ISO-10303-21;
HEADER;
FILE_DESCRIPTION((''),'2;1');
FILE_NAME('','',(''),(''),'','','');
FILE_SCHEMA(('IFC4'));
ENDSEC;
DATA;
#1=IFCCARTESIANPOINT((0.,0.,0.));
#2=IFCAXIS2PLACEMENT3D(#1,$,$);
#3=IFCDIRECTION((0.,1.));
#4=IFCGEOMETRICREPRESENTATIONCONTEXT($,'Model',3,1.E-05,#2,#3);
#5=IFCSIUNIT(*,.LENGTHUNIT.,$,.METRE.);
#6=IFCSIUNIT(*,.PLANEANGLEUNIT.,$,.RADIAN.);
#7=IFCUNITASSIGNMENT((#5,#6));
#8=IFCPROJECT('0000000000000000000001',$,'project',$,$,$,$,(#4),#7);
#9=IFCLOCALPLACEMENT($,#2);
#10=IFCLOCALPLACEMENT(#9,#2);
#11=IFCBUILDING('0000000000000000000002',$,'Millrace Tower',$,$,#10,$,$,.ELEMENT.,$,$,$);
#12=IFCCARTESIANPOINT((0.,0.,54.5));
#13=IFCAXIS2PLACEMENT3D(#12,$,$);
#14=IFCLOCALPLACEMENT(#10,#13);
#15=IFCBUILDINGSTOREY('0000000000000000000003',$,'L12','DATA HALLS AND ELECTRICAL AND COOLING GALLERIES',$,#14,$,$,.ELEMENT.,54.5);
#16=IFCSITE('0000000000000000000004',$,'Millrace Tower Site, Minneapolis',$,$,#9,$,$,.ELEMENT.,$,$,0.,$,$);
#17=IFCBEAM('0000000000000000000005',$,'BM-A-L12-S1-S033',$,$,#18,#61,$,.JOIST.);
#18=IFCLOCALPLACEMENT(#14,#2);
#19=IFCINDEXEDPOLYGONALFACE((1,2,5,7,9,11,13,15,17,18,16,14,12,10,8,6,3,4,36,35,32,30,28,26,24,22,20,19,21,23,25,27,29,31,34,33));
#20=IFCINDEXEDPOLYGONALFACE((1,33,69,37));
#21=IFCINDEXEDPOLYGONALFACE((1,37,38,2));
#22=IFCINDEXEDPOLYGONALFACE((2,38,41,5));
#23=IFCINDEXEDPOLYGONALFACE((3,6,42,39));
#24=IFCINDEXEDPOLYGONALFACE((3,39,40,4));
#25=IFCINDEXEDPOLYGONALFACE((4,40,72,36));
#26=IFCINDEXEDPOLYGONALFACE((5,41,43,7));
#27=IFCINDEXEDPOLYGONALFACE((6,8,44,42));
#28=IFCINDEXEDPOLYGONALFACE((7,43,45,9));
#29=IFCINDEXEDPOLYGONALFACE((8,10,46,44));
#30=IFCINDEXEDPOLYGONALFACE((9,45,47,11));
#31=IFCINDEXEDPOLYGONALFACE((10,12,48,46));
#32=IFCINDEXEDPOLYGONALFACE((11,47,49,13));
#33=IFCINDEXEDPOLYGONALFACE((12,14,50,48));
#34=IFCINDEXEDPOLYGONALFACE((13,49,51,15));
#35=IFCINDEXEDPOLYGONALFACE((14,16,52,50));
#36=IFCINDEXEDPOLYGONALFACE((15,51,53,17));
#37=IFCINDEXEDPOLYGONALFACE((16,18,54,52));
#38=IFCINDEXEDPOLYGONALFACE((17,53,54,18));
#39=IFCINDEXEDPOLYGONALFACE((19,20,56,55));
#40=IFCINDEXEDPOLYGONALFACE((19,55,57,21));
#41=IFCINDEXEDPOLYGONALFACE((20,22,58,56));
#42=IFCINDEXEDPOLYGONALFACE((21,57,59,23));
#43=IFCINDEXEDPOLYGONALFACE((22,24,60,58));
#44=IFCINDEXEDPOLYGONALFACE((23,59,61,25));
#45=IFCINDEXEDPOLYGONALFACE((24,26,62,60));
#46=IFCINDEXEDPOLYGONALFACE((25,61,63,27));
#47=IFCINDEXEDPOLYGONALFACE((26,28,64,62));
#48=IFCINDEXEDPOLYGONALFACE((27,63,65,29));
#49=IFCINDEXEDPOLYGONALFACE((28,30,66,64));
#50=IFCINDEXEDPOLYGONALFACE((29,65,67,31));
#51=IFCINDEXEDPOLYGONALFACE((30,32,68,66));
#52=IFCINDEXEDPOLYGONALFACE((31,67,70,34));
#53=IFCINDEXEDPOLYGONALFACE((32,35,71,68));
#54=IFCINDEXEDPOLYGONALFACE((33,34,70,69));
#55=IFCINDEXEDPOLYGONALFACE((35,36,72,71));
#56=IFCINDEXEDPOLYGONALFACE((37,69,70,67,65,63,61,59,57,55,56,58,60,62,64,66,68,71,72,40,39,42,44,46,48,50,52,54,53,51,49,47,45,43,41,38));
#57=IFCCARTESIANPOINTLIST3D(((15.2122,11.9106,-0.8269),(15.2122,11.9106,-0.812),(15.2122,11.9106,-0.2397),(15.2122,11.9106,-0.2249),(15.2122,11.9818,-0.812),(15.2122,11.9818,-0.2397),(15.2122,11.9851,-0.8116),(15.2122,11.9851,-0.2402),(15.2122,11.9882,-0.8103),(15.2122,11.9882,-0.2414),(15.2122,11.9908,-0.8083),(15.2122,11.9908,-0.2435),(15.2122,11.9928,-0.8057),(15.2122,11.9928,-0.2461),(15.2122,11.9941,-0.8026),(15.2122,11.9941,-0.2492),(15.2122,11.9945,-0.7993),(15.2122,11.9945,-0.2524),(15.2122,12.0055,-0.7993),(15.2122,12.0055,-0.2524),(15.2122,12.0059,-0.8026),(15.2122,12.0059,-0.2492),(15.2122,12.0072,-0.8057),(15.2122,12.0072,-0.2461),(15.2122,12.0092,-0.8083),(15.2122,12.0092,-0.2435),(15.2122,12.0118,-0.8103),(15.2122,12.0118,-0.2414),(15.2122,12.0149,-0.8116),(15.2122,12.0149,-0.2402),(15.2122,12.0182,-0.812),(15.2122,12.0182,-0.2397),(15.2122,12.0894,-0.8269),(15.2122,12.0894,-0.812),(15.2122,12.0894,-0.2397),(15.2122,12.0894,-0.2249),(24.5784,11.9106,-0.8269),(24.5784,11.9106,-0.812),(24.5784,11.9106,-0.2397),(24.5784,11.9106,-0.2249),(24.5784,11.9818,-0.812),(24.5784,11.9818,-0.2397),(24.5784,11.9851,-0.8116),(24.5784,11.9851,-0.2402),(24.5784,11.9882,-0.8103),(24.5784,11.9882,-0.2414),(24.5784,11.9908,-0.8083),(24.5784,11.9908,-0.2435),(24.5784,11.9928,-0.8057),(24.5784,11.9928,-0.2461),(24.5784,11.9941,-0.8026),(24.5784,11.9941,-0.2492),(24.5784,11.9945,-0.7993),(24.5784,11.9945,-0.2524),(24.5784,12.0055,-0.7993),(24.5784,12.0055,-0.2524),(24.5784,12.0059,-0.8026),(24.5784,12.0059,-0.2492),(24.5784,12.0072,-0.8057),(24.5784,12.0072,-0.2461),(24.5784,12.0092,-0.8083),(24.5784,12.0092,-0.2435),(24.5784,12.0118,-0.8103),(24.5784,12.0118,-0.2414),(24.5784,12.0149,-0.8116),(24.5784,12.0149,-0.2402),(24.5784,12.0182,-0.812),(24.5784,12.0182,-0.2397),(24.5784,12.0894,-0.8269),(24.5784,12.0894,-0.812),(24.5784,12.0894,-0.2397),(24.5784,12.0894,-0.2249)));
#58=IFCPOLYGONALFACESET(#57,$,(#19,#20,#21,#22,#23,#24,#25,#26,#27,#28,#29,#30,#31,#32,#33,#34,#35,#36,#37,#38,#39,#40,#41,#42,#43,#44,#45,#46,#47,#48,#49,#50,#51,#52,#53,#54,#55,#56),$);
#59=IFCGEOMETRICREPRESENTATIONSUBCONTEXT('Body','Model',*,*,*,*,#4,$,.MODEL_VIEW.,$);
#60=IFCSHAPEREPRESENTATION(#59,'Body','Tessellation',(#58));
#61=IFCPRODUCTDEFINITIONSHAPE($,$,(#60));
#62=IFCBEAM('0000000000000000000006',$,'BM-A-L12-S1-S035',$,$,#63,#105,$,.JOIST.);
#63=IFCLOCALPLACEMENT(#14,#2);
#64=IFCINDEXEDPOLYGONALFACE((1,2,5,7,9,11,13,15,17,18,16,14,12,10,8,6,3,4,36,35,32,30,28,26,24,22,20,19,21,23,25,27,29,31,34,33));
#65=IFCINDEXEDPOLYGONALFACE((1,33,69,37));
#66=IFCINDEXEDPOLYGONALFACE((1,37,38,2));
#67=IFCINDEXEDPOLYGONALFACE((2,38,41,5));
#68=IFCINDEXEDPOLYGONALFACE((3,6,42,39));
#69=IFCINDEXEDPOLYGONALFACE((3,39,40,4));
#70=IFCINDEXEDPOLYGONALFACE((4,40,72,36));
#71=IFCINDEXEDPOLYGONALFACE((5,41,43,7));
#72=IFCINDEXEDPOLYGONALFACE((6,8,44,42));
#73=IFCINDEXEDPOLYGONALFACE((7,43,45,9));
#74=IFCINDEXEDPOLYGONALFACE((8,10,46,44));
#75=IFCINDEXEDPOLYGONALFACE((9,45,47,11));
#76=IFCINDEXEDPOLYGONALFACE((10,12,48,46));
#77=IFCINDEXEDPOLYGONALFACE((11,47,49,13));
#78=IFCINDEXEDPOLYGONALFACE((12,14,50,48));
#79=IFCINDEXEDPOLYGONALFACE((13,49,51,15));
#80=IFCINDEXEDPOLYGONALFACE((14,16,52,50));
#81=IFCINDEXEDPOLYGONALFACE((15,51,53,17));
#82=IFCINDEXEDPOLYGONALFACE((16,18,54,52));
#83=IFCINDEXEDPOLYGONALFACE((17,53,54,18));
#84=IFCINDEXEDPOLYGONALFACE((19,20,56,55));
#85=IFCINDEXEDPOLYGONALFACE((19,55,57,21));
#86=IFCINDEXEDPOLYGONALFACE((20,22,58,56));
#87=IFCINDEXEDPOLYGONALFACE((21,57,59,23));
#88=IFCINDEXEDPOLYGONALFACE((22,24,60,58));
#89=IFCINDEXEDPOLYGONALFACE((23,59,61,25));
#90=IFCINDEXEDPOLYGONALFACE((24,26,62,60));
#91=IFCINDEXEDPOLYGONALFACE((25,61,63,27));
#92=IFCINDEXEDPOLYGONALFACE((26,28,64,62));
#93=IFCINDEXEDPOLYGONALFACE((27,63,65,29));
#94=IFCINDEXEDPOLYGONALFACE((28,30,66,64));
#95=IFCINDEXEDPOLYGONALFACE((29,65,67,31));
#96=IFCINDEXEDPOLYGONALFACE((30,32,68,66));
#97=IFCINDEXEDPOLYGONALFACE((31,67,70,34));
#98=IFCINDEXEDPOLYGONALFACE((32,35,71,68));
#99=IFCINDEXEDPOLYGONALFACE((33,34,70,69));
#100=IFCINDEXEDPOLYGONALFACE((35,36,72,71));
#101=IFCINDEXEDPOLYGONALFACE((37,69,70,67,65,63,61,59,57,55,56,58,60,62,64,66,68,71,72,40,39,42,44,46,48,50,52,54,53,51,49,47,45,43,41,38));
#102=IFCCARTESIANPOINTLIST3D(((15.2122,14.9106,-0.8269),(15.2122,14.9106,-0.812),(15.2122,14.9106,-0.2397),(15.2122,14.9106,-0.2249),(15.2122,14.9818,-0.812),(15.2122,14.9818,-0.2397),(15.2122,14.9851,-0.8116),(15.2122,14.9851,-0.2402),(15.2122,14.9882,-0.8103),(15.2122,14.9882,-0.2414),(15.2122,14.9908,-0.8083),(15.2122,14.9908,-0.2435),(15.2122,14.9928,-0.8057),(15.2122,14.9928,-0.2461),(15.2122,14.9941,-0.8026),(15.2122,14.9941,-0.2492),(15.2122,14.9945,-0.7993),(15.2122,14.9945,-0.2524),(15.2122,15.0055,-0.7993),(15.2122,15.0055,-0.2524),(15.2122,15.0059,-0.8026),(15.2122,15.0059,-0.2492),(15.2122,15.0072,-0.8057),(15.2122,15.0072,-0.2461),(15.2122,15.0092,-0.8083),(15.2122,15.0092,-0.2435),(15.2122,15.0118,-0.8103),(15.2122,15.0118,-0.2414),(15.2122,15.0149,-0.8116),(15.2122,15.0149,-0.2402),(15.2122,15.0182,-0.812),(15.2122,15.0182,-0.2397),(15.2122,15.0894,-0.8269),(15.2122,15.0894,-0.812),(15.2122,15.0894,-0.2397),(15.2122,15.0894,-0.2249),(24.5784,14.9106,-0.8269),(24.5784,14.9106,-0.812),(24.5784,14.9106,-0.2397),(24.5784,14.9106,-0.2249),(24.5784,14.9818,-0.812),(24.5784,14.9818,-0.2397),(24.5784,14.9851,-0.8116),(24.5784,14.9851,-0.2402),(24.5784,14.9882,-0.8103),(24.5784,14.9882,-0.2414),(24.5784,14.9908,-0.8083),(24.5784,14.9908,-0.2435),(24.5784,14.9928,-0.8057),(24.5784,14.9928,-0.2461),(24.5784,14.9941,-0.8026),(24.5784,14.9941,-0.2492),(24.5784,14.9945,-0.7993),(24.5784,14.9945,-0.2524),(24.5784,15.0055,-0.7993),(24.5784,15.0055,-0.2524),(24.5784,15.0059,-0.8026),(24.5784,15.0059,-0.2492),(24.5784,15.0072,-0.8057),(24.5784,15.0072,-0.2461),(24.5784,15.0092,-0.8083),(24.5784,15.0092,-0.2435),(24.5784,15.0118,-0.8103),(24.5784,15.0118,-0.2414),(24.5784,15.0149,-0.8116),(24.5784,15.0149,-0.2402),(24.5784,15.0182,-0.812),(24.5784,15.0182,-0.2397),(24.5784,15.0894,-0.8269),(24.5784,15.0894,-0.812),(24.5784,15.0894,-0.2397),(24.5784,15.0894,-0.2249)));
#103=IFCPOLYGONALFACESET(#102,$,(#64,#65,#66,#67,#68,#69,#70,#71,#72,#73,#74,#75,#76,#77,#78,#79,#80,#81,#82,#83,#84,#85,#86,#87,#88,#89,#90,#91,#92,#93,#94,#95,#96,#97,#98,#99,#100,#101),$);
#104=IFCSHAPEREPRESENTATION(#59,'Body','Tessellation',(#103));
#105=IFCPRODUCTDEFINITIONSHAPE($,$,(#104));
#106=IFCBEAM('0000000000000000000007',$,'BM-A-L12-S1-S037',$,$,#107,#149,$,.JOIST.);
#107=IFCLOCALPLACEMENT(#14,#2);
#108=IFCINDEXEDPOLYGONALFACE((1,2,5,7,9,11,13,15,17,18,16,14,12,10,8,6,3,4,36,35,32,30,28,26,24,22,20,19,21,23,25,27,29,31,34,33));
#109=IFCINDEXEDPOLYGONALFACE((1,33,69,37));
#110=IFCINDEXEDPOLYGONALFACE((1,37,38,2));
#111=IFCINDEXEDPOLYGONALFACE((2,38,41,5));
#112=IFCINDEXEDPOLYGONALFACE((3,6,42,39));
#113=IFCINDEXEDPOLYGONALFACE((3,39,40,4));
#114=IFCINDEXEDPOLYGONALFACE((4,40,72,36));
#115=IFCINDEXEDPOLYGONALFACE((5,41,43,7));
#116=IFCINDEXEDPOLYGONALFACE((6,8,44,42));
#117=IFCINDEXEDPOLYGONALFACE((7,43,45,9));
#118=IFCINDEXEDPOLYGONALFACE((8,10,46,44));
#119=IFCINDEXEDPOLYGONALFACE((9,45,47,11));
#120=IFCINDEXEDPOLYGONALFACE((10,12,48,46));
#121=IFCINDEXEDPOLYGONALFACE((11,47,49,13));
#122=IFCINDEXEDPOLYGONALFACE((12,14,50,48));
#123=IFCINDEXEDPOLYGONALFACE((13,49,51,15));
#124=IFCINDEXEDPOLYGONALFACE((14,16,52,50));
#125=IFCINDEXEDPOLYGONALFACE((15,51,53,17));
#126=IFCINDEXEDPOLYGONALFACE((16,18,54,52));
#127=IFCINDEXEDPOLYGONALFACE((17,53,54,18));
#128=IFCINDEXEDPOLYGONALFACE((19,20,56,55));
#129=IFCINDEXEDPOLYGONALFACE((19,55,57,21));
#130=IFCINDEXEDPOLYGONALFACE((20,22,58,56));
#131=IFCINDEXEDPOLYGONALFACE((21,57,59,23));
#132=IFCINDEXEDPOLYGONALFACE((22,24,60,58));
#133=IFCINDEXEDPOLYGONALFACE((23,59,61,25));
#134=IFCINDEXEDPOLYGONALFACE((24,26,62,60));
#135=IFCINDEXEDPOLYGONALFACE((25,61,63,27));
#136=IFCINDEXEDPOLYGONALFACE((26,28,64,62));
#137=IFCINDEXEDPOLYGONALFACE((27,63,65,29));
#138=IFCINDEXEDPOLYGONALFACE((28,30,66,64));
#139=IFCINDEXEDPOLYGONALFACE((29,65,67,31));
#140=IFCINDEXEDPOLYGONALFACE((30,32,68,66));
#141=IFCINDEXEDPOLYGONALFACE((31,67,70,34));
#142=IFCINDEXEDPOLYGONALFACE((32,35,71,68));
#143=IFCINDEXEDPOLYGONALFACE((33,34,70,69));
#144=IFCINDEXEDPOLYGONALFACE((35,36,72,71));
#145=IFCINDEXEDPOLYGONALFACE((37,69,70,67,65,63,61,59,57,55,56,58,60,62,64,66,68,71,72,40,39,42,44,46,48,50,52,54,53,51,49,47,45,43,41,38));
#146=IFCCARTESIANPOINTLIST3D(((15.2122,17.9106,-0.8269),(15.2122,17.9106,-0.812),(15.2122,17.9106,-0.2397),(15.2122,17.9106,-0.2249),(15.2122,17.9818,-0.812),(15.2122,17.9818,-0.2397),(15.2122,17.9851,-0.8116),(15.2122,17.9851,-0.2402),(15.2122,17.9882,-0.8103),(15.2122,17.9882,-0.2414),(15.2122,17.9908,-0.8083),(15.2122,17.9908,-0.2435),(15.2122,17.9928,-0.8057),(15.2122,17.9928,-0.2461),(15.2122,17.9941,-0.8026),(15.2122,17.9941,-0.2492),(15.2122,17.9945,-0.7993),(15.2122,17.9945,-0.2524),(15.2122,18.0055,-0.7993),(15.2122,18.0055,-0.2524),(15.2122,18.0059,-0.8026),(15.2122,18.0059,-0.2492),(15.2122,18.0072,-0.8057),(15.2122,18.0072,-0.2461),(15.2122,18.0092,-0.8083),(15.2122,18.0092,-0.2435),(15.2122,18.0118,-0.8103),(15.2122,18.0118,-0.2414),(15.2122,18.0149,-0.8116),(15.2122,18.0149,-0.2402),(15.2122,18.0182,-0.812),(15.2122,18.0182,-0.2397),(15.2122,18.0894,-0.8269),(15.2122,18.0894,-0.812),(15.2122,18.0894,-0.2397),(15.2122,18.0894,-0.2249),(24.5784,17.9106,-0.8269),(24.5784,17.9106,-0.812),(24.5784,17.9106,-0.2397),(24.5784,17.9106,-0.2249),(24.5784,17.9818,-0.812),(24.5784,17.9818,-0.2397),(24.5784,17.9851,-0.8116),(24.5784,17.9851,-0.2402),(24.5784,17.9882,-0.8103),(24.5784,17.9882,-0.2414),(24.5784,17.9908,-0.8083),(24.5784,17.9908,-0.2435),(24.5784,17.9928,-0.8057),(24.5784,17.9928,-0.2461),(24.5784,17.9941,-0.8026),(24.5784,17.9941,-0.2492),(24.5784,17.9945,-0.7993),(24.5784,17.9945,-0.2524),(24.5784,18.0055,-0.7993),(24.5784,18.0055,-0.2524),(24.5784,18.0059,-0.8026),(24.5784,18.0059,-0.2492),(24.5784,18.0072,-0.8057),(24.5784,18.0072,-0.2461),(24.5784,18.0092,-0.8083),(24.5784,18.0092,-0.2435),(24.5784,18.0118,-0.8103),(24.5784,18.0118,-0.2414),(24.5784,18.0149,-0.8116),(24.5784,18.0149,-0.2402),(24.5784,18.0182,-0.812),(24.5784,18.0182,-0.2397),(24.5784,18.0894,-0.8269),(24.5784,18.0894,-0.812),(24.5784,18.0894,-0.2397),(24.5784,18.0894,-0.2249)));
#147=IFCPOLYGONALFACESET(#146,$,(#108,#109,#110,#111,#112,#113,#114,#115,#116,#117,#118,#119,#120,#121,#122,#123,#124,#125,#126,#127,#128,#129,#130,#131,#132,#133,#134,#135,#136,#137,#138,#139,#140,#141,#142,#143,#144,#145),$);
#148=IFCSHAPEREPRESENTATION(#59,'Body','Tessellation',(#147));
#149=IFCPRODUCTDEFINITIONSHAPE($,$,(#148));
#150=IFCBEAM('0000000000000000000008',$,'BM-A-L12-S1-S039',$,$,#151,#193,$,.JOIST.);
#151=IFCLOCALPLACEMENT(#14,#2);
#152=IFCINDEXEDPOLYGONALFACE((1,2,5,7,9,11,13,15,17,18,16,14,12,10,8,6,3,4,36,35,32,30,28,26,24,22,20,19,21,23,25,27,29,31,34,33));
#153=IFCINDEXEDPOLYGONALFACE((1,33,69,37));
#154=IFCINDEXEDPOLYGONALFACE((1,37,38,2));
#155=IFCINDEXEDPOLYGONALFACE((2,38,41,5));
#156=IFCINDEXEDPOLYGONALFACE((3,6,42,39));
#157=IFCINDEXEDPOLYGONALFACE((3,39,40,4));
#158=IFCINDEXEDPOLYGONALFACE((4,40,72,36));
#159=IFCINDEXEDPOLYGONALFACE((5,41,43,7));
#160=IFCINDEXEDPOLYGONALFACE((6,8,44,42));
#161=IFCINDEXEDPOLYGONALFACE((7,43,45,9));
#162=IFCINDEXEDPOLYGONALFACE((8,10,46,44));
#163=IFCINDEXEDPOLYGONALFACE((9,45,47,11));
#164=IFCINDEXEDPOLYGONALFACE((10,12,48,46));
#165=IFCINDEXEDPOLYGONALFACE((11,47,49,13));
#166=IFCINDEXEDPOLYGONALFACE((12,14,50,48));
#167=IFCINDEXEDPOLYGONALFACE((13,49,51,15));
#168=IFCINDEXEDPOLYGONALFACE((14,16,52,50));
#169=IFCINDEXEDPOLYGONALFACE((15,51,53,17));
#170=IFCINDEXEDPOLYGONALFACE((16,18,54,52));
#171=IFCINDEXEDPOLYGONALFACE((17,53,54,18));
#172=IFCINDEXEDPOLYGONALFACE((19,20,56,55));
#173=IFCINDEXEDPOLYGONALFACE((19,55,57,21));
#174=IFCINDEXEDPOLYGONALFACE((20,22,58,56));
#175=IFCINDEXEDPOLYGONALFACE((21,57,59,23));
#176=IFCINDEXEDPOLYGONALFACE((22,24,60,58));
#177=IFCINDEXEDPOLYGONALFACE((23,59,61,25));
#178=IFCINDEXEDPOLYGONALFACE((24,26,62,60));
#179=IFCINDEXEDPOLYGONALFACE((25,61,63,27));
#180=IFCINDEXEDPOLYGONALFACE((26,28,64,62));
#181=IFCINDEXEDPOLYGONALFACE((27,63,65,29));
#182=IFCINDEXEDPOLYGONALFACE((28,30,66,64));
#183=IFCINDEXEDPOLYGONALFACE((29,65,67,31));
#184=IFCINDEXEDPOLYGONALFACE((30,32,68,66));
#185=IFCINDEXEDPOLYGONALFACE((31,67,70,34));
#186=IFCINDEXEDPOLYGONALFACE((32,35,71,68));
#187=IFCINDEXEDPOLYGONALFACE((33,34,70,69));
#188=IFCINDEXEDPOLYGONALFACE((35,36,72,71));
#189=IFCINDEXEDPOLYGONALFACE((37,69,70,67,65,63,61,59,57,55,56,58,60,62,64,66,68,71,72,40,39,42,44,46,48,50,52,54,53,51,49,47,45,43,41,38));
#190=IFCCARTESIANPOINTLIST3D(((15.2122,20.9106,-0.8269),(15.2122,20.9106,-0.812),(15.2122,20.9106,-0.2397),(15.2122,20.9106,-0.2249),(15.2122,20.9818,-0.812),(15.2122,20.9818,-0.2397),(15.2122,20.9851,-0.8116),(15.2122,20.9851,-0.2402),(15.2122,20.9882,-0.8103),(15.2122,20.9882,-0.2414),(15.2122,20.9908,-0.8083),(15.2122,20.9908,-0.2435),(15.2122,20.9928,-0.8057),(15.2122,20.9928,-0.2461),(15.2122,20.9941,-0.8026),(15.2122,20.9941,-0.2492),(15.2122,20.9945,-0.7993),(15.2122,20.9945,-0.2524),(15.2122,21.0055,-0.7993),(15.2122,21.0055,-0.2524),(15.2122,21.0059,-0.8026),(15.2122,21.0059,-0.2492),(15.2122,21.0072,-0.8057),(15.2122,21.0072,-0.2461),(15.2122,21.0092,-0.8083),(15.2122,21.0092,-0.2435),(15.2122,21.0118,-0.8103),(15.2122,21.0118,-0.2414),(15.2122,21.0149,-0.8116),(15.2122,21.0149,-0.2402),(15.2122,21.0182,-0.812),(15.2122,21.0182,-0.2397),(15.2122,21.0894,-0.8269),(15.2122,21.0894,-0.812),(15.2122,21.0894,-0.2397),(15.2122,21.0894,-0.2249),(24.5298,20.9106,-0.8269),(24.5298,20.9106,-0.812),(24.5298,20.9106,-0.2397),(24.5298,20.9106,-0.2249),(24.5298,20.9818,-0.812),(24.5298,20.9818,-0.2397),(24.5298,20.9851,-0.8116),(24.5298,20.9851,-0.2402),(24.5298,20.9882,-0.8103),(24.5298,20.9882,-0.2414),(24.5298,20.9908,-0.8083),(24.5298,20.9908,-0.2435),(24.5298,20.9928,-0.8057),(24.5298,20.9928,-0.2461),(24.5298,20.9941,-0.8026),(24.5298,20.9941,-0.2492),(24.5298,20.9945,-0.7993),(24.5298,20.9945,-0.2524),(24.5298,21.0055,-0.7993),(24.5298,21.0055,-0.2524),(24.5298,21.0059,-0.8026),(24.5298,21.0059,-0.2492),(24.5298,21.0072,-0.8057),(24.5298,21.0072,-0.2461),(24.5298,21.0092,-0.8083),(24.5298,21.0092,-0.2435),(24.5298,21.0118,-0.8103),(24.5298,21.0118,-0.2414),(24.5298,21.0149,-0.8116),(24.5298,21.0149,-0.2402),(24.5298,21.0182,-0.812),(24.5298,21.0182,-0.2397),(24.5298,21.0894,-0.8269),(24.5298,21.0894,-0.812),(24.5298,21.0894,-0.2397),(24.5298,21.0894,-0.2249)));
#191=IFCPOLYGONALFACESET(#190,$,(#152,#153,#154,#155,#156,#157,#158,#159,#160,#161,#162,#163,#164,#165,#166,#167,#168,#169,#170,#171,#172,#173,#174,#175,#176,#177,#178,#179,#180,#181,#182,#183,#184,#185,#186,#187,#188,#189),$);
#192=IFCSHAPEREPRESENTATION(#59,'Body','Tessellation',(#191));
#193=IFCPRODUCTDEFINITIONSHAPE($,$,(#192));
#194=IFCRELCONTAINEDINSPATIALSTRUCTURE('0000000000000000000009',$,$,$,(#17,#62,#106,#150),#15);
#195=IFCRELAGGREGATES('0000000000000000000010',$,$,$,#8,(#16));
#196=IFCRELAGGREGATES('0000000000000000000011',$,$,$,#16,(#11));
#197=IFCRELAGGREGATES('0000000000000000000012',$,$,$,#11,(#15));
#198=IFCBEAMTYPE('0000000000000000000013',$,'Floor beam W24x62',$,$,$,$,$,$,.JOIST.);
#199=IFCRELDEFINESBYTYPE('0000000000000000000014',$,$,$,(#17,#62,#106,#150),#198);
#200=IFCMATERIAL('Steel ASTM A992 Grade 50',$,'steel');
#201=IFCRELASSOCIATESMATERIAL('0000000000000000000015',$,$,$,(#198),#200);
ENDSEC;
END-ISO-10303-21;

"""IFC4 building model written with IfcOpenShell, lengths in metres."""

from ifc_helpers import new_model, si_unit, direction, frame, origin, origin_2d, place, context, subcontext, project, spatial, i_section, extrude, material, material_profile, profile_set, type_object, element, save


model = new_model("IFC4")

# Units and contexts
model_context = context("Model", 3, precision=1e-05, world=origin(), true_north=direction((0.0, 1.0)))
body_context = subcontext(model_context, "Body", "Model", "MODEL_VIEW")
ifc_project = project(units=[si_unit("LENGTHUNIT", "METRE"), si_unit("PLANEANGLEUNIT", "RADIAN")], contexts=[model_context])

# Site, building, storey
site_placement = place(None, origin())
site = spatial("IfcSite", under=ifc_project, at=site_placement, Name="Millrace Tower Site, Minneapolis", CompositionType="ELEMENT", RefElevation=0.0)
building_placement = place(site_placement, origin())
building = spatial("IfcBuilding", under=site, at=building_placement, Name="Millrace Tower", CompositionType="ELEMENT")
storey_placement = place(building_placement, frame((0.0, 0.0, 54.5)))
storey = spatial("IfcBuildingStorey", under=building, at=storey_placement, Name="L12", Description="DATA HALLS AND ELECTRICAL AND COOLING GALLERIES", CompositionType="ELEMENT", Elevation=54.5)

# Beams
ifc_material_1 = material(Name="Steel ASTM A992 Grade 50", Category="steel")
ifc_material_profile_1 = material_profile(ifc_material_1, i_section(OverallWidth=0.1787, OverallDepth=0.6021, WebThickness=0.011, FlangeThickness=0.0149, FilletRadius=0.0127, at=origin_2d()))
ifc_profile_set_1 = profile_set([ifc_material_profile_1], Name="Steel ASTM A992 Grade 50")
beam_type_1 = type_object("IfcBeamType", Name="Floor beam W24x62", PredefinedType="JOIST", material=ifc_profile_set_1)
for number, where, z_axis, x_axis, name in (
    (1, (15.2122, 12.0, -0.5259), (1.0, 0.0, 0.0), (0.0, 1.0, 0.0), "BM-A-L12-S1-S033"),
    (2, (15.2122, 15.0, -0.5259), (1.0, 0.0, 0.0), (0.0, 1.0, 0.0), "BM-A-L12-S1-S035"),
    (3, (15.2122, 18.0, -0.5259), (1.0, 0.0, 0.0), (0.0, 1.0, 0.0), "BM-A-L12-S1-S037"),
):
    element("IfcBeam", number, at=place(storey_placement, frame(where, z_axis=z_axis, x_axis=x_axis)), inside=storey, type_object=beam_type_1, Name=name, PredefinedType="JOIST", context=body_context, shape_type="SweptSolid", body=[
        extrude(i_section(OverallWidth=0.1787, OverallDepth=0.6021, WebThickness=0.011, FlangeThickness=0.0149, FilletRadius=0.0127, at=origin_2d()), origin(), (0.0, 0.0, 1.0), 9.3662),
    ])
beam_1_placement = place(storey_placement, frame((15.2122, 21.0, -0.5259), z_axis=(1.0, 0.0, 0.0), x_axis=(0.0, 1.0, 0.0)))
element("IfcBeam", 4, at=beam_1_placement, inside=storey, type_object=beam_type_1, Name="BM-A-L12-S1-S039", PredefinedType="JOIST", context=body_context, shape_type="SweptSolid", body=[
    extrude(i_section(OverallWidth=0.1787, OverallDepth=0.6021, WebThickness=0.011, FlangeThickness=0.0149, FilletRadius=0.0127, at=origin_2d()), origin(), (0.0, 0.0, 1.0), 9.3176),
])

save(model, "model.ifc")
